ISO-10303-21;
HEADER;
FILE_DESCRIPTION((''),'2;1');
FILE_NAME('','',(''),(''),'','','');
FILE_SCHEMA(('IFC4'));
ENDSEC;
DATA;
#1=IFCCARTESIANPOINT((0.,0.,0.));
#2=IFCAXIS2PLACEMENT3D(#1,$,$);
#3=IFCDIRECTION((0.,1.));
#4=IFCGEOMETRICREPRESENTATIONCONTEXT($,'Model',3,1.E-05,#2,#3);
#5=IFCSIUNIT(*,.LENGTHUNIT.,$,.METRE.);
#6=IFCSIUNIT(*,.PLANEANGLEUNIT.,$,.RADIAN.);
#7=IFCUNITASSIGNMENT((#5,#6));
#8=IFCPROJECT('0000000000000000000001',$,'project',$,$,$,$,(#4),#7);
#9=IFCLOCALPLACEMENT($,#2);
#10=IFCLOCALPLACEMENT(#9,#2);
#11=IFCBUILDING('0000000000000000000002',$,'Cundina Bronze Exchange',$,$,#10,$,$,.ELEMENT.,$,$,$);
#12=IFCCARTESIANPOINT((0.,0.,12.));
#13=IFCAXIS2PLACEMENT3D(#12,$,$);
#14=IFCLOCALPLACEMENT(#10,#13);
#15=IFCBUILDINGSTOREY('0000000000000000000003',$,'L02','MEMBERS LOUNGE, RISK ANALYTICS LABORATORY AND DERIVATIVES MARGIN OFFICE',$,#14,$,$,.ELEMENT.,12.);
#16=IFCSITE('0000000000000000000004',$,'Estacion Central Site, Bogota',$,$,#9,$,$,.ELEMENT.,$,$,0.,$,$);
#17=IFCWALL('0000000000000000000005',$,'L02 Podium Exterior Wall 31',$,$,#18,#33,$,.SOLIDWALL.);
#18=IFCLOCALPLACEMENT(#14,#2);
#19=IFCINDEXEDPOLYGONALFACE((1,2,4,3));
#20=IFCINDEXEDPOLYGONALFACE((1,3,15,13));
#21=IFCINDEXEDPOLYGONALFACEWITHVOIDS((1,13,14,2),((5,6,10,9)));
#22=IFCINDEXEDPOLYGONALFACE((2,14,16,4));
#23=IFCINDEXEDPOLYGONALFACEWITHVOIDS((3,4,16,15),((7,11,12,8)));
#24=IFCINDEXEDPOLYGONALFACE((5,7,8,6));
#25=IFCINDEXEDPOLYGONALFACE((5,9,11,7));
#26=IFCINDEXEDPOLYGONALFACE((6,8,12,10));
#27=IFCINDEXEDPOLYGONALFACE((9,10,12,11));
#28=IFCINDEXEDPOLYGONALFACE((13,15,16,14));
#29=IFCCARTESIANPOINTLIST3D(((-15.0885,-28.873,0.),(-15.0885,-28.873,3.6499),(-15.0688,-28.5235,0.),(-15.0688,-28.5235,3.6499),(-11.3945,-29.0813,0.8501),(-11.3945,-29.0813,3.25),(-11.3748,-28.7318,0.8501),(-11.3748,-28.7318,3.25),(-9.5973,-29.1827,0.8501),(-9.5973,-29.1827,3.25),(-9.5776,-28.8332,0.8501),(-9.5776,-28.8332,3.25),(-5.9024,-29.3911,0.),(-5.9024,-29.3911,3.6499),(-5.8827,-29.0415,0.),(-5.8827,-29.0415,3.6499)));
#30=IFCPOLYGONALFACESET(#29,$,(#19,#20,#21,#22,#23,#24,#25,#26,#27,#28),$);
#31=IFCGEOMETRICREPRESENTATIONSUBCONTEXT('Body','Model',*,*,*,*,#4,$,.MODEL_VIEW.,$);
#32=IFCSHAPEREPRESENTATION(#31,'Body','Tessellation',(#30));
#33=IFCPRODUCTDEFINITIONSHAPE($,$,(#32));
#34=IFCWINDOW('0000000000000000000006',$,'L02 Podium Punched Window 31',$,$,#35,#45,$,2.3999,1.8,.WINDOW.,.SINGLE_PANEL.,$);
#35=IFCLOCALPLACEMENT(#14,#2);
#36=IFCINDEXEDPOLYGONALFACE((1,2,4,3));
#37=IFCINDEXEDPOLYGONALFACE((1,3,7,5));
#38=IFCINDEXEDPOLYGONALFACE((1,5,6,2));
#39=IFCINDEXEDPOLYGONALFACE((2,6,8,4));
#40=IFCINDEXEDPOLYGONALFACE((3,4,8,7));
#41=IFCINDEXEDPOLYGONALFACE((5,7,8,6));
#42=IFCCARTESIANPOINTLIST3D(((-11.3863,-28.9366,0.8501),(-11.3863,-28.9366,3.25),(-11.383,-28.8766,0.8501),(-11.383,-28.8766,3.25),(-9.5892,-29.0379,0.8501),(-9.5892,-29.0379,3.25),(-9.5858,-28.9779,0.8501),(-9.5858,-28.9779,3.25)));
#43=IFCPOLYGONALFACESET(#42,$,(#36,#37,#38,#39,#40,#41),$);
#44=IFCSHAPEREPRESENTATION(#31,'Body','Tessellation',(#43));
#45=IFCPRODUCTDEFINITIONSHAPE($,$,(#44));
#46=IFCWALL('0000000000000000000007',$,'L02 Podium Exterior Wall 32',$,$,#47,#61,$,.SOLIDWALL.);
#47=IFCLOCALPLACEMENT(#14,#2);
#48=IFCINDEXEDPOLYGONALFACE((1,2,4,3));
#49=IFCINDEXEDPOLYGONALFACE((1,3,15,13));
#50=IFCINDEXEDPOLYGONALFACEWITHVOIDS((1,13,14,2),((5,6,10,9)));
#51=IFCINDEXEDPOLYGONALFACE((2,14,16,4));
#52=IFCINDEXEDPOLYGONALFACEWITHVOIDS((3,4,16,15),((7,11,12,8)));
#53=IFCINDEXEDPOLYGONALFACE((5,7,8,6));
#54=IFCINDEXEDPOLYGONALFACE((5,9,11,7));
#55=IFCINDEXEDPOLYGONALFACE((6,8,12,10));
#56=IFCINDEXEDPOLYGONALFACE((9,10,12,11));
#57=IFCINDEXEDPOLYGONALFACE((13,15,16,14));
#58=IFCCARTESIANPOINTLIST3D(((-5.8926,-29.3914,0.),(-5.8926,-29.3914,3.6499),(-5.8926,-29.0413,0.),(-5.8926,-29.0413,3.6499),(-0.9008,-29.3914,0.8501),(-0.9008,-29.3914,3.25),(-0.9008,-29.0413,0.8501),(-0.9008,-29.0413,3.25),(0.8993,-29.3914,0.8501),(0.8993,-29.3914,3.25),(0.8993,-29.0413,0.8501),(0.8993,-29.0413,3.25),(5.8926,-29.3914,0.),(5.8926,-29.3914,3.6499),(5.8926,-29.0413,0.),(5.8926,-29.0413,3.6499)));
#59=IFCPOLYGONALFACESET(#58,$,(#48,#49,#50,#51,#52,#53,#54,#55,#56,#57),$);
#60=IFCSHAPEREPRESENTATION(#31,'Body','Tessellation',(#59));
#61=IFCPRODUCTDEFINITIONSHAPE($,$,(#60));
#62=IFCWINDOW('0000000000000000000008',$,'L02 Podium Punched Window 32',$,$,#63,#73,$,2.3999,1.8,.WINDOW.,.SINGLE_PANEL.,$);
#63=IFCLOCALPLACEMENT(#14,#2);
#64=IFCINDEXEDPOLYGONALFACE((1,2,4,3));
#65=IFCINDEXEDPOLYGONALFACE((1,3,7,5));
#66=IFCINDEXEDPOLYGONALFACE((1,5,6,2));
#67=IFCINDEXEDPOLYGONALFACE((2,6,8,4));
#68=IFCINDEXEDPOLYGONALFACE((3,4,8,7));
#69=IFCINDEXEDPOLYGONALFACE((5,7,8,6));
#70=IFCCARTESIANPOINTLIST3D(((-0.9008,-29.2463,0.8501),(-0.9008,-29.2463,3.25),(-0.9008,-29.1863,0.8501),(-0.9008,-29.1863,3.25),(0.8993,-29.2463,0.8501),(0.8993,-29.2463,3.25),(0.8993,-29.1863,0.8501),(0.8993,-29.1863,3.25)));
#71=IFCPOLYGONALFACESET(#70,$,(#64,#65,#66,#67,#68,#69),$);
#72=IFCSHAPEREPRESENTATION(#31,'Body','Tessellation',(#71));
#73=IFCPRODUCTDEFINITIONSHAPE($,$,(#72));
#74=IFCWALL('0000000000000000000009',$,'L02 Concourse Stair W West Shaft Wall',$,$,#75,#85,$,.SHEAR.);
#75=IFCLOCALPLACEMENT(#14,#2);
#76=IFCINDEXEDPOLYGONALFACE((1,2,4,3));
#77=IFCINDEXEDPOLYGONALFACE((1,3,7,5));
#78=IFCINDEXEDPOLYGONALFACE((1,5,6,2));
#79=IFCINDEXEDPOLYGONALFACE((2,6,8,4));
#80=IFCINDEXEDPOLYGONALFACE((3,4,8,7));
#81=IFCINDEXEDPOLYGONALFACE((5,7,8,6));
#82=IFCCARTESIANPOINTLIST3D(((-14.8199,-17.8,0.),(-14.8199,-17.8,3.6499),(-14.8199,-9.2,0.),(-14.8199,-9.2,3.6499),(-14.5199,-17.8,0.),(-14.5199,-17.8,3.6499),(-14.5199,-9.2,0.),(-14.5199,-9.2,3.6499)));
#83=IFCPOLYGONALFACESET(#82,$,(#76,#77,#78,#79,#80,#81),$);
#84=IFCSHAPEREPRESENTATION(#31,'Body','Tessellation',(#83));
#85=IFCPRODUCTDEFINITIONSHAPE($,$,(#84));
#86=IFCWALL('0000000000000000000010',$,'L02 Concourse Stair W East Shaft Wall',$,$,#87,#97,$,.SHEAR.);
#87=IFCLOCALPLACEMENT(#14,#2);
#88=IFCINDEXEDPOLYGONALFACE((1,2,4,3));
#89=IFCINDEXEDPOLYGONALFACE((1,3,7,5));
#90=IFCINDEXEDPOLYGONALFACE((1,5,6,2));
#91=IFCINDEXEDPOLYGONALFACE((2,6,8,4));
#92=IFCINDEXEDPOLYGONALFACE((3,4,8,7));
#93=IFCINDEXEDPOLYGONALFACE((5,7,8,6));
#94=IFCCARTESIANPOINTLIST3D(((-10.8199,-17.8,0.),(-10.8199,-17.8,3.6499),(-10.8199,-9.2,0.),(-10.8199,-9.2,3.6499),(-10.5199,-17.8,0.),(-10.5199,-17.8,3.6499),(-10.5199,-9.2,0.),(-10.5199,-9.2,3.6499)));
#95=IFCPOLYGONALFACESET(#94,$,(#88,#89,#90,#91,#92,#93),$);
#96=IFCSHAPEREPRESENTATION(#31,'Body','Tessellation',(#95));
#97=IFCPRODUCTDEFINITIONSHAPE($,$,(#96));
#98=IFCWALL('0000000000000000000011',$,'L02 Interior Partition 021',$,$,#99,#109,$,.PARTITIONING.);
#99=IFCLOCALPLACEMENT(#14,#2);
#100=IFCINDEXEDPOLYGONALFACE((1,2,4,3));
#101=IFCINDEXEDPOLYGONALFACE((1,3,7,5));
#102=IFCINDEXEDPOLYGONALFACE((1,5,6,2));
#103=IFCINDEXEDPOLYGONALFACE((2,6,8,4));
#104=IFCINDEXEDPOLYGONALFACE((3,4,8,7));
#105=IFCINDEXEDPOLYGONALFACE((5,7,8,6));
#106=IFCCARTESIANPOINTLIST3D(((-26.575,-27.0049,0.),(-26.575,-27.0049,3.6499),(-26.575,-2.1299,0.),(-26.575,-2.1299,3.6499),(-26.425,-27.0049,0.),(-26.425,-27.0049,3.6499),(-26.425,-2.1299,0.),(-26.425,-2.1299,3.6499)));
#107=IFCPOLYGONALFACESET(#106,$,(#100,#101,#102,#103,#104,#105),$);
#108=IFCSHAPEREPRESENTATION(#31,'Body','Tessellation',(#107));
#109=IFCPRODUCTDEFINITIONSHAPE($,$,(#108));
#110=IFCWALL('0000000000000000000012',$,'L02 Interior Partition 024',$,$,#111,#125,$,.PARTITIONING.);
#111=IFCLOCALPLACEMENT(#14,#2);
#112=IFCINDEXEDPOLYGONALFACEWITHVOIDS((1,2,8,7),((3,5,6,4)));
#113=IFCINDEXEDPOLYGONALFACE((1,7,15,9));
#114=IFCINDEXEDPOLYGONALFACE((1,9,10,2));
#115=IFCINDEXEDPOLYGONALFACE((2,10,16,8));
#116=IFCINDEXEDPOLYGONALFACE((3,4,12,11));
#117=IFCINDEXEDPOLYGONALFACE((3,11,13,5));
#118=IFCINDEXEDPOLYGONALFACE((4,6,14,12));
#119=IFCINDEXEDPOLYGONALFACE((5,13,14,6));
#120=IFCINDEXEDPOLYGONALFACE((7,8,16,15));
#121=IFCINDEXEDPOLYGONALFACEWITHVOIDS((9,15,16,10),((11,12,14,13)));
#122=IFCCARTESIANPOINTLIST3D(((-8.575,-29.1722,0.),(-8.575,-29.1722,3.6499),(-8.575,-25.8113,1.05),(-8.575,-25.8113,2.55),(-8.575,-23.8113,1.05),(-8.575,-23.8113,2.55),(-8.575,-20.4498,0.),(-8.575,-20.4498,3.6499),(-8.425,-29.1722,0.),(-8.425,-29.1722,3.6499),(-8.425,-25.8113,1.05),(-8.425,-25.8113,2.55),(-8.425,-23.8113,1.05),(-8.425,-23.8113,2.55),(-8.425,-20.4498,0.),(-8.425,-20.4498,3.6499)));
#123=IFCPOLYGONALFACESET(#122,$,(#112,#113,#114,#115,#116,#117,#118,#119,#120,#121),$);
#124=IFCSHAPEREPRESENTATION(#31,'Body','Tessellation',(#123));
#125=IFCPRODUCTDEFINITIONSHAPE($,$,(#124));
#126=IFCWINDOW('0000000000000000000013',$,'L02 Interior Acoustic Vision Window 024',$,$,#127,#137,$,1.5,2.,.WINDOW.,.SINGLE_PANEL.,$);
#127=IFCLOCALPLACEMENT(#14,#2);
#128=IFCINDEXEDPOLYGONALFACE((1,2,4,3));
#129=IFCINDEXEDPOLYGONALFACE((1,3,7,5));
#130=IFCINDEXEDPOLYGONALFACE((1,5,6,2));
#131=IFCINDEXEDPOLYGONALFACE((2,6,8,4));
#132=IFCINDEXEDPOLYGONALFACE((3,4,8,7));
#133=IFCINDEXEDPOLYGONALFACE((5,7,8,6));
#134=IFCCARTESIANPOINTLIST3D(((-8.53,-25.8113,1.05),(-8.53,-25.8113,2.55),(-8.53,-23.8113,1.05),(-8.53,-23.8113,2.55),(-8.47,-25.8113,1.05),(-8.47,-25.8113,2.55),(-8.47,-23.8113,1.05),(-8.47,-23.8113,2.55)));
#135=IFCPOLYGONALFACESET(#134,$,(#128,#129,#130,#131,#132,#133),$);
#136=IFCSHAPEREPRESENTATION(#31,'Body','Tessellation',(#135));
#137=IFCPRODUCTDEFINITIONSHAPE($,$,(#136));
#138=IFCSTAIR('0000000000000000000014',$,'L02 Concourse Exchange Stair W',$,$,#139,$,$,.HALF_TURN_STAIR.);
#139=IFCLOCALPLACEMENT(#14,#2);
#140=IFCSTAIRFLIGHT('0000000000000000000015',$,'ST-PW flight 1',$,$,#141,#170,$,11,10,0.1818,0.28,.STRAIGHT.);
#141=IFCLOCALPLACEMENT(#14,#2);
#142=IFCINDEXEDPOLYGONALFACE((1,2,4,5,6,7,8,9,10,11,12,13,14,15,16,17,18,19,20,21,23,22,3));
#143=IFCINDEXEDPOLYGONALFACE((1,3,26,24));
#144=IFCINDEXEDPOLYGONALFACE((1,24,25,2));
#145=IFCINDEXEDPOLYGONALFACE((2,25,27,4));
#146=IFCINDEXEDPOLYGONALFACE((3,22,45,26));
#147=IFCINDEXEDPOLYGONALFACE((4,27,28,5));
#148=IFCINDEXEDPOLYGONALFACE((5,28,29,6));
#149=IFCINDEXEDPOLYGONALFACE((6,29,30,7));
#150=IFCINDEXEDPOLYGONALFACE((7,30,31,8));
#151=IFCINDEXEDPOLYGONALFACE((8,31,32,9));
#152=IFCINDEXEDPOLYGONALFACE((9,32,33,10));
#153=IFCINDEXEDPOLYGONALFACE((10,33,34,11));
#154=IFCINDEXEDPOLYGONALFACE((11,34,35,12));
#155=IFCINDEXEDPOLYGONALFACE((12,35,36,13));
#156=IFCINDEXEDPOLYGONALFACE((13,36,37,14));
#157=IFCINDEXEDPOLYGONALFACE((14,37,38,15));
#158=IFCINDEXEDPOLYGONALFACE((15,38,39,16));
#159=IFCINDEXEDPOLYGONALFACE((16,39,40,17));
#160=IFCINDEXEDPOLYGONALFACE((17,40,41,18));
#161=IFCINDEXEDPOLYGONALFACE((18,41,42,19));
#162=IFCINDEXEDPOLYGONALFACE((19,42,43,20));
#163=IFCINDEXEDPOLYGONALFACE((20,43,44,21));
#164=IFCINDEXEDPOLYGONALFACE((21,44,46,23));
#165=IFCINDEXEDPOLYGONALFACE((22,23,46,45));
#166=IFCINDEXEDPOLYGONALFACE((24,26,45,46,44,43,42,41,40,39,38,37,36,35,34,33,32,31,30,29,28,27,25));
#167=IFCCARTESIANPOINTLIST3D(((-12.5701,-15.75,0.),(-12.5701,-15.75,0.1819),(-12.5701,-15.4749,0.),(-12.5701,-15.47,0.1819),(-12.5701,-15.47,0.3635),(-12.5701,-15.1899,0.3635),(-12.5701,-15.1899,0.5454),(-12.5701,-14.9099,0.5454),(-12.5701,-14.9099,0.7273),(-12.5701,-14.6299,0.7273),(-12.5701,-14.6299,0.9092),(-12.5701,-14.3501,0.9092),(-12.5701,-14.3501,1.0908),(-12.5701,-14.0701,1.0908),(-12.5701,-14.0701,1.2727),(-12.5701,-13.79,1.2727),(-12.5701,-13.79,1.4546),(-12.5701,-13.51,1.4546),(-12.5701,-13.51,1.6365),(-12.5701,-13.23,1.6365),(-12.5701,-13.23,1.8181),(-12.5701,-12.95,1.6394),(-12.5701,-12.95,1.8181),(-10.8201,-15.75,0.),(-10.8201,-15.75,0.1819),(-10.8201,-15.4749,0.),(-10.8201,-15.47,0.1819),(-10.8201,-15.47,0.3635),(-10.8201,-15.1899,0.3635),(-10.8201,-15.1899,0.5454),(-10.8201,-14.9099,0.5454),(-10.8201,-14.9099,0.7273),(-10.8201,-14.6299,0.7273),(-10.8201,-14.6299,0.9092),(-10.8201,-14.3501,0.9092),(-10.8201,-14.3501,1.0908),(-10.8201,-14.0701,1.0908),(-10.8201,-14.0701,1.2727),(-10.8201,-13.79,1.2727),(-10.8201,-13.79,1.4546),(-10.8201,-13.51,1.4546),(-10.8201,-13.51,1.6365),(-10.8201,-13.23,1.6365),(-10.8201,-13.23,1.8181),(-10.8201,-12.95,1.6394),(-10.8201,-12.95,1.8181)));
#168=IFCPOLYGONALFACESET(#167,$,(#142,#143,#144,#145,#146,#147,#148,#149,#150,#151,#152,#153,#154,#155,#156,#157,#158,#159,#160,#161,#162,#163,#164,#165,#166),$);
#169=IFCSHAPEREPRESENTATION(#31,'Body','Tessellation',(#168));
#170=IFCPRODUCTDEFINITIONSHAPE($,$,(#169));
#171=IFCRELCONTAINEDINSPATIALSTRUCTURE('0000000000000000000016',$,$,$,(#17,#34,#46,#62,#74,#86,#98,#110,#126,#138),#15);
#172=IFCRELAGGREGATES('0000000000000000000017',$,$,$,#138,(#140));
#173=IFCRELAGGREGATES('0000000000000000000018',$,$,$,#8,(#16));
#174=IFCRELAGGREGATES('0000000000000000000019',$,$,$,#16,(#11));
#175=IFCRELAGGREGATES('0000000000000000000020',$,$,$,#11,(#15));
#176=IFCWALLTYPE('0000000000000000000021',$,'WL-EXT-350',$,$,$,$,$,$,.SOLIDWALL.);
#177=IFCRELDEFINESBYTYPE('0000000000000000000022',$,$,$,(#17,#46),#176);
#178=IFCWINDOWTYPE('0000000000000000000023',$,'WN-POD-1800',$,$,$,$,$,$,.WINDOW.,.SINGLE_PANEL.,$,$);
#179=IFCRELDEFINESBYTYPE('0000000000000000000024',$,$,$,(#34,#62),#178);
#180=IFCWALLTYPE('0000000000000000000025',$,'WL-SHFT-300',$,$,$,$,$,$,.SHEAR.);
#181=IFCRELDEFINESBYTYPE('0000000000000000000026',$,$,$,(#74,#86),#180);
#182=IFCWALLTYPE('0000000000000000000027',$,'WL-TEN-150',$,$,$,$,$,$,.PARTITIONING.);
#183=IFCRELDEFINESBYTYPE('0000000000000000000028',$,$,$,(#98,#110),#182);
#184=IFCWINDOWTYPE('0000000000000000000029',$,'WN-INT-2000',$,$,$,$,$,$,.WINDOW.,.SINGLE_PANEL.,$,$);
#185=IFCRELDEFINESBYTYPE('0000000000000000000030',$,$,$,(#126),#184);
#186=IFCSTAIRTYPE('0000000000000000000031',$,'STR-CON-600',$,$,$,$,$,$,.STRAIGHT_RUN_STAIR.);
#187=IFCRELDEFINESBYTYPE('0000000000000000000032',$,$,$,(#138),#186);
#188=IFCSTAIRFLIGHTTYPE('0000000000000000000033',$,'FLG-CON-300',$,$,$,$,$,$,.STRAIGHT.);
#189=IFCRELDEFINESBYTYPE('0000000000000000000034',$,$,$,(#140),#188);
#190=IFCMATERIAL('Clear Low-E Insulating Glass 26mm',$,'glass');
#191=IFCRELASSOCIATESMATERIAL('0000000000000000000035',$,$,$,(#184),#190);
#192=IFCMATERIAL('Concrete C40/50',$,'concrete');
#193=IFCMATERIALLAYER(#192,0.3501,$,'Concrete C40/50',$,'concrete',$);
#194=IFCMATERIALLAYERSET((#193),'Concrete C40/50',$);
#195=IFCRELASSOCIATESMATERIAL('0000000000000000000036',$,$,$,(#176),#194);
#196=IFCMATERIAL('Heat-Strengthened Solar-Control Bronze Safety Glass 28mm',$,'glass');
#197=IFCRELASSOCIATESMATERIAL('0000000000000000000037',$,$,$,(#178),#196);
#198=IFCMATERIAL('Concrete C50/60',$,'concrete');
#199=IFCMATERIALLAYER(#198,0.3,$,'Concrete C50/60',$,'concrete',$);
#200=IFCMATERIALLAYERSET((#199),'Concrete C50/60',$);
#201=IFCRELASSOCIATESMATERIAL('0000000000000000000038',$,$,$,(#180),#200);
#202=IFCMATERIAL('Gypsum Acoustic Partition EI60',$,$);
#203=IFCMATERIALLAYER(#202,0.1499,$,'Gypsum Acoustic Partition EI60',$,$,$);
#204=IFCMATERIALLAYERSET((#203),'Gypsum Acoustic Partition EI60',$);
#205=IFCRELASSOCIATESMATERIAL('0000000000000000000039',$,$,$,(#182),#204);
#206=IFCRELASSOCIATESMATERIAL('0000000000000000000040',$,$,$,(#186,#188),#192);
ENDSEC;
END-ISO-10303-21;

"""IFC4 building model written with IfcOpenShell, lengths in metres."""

from ifc_helpers import new_model, si_unit, direction, frame, frame_2d, origin, place, context, subcontext, project, spatial, polyline, rectangle, outline, extrude, material, layer, layer_set, type_object, element, fill, aggregate, save


model = new_model("IFC4")

# Units and contexts
model_context = context("Model", 3, precision=1e-05, world=origin(), true_north=direction((0.0, 1.0)))
body_context = subcontext(model_context, "Body", "Model", "MODEL_VIEW")
ifc_project = project(units=[si_unit("LENGTHUNIT", "METRE"), si_unit("PLANEANGLEUNIT", "RADIAN")], contexts=[model_context])

# Site, building, storey
site_placement = place(None, origin())
site = spatial("IfcSite", under=ifc_project, at=site_placement, Name="Estacion Central Site, Bogota", CompositionType="ELEMENT", RefElevation=0.0)
building_placement = place(site_placement, origin())
building = spatial("IfcBuilding", under=site, at=building_placement, Name="Cundina Bronze Exchange", CompositionType="ELEMENT")
storey_placement = place(building_placement, frame((0.0, 0.0, 12.0)))
storey = spatial("IfcBuildingStorey", under=building, at=storey_placement, Name="L02", Description="MEMBERS LOUNGE, RISK ANALYTICS LABORATORY AND DERIVATIVES MARGIN OFFICE", CompositionType="ELEMENT", Elevation=12.0)

# Shared definitions
ifc_material_1 = material(Name="Concrete C50/60", Category="concrete")

# Shared definitions
ifc_material_2 = material(Name="Heat-Strengthened Solar-Control Bronze Safety Glass 28mm", Category="glass")

# Shared definitions
ifc_material_3 = material(Name="Clear Low-E Insulating Glass 26mm", Category="glass")
window_type_1 = type_object("IfcWindowType", Name="WN-INT-2000", PartitioningType="SINGLE_PANEL", PredefinedType="WINDOW", material=ifc_material_3)

# Walls, openings, windows
ifc_material_4 = material(Name="Concrete C40/50", Category="concrete")
ifc_layer_1 = layer(ifc_material_4, 0.3501, Name="Concrete C40/50", Category="concrete")
ifc_layer_set_1 = layer_set([ifc_layer_1], Name="Concrete C40/50")
wall_type_1 = type_object("IfcWallType", Name="WL-EXT-350", PredefinedType="SOLIDWALL", material=ifc_layer_set_1)
window_type_2 = type_object("IfcWindowType", Name="WN-POD-1800", PartitioningType="SINGLE_PANEL", PredefinedType="WINDOW", material=ifc_material_2)
wall_1_placement = place(storey_placement, frame((-15.0786, -28.6982, 0.0), z_axis=(0.0, 0.0, 1.0), x_axis=(0.998413, -0.056308, 0.0)))
wall_1 = element("IfcWall", 1, at=wall_1_placement, inside=storey, type_object=wall_type_1, Name="L02 Podium Exterior Wall 31", PredefinedType="SOLIDWALL", context=body_context, shape_type="SweptSolid", body=[
    extrude(rectangle(XDim=9.2007, YDim=0.3501, at=frame_2d((4.6003, 0.0))), origin(), (0.0, 0.0, 1.0), 3.6499),
])
opening_1_placement = place(wall_1_placement, frame((3.7, 0.0, 0.8501)))
opening_1 = element("IfcOpeningElement", 2, at=opening_1_placement, cuts=wall_1, PredefinedType="OPENING", context=body_context, shape_type="SweptSolid", body=[
    extrude(rectangle(XDim=1.8, YDim=2.3999, at=frame_2d((0.8999, 1.2))), frame((0.0, 0.1851, 0.0), z_axis=(0.0, -1.0, 0.0), x_axis=(1.0, 0.0, 0.0)), (0.0, 0.0, 1.0), 0.3701),
])
window_1_placement = place(opening_1_placement, origin())
window_1 = element("IfcWindow", 3, at=window_1_placement, inside=storey, type_object=window_type_2, Name="L02 Podium Punched Window 31", OverallHeight=2.3999, OverallWidth=1.8, PartitioningType="SINGLE_PANEL", PredefinedType="WINDOW", context=body_context, shape_type="SweptSolid", body=[
    extrude(rectangle(XDim=1.8, YDim=2.3999, at=frame_2d((0.8999, 1.2))), frame((0.0, 0.03, 0.0), z_axis=(0.0, -1.0, 0.0), x_axis=(1.0, 0.0, 0.0)), (0.0, 0.0, 1.0), 0.0601),
])
fill(opening_1, window_1)
wall_2_placement = place(storey_placement, frame((-5.8926, -29.2163, 0.0), z_axis=(0.0, 0.0, 1.0), x_axis=(1.0, 0.0, 0.0)))
wall_2 = element("IfcWall", 4, at=wall_2_placement, inside=storey, type_object=wall_type_1, Name="L02 Podium Exterior Wall 32", PredefinedType="SOLIDWALL", context=body_context, shape_type="SweptSolid", body=[
    extrude(rectangle(XDim=11.7852, YDim=0.3501, at=frame_2d((5.8926, 0.0))), origin(), (0.0, 0.0, 1.0), 3.6499),
])
opening_2_placement = place(wall_2_placement, frame((4.9919, 0.0, 0.8501)))
opening_2 = element("IfcOpeningElement", 5, at=opening_2_placement, cuts=wall_2, PredefinedType="OPENING", context=body_context, shape_type="SweptSolid", body=[
    extrude(rectangle(XDim=1.8, YDim=2.3999, at=frame_2d((0.8999, 1.2))), frame((0.0, 0.1851, 0.0), z_axis=(0.0, -1.0, 0.0), x_axis=(1.0, 0.0, 0.0)), (0.0, 0.0, 1.0), 0.3701),
])
window_2_placement = place(opening_2_placement, origin())
window_2 = element("IfcWindow", 6, at=window_2_placement, inside=storey, type_object=window_type_2, Name="L02 Podium Punched Window 32", OverallHeight=2.3999, OverallWidth=1.8, PartitioningType="SINGLE_PANEL", PredefinedType="WINDOW", context=body_context, shape_type="SweptSolid", body=[
    extrude(rectangle(XDim=1.8, YDim=2.3999, at=frame_2d((0.8999, 1.2))), frame((0.0, 0.03, 0.0), z_axis=(0.0, -1.0, 0.0), x_axis=(1.0, 0.0, 0.0)), (0.0, 0.0, 1.0), 0.0601),
])
fill(opening_2, window_2)

# Walls
ifc_layer_2 = layer(ifc_material_1, 0.3, Name="Concrete C50/60", Category="concrete")
ifc_layer_set_2 = layer_set([ifc_layer_2], Name="Concrete C50/60")
wall_type_2 = type_object("IfcWallType", Name="WL-SHFT-300", PredefinedType="SHEAR", material=ifc_layer_set_2)
for number, where, z_axis, x_axis, name in (
    (7, (-14.6699, -17.8, 0.0), (0.0, 0.0, 1.0), (0.0, 1.0, 0.0), "L02 Concourse Stair W West Shaft Wall"),
    (8, (-10.6699, -17.8, 0.0), (0.0, 0.0, 1.0), (0.0, 1.0, 0.0), "L02 Concourse Stair W East Shaft Wall"),
):
    element("IfcWall", number, at=place(storey_placement, frame(where, z_axis=z_axis, x_axis=x_axis)), inside=storey, type_object=wall_type_2, Name=name, PredefinedType="SHEAR", context=body_context, shape_type="SweptSolid", body=[
        extrude(rectangle(XDim=8.6001, YDim=0.3, at=frame_2d((4.3, 0.0))), origin(), (0.0, 0.0, 1.0), 3.6499),
    ])

# Wall
ifc_material_5 = material(Name="Gypsum Acoustic Partition EI60")
ifc_layer_3 = layer(ifc_material_5, 0.1499, Name="Gypsum Acoustic Partition EI60")
ifc_layer_set_3 = layer_set([ifc_layer_3], Name="Gypsum Acoustic Partition EI60")
wall_type_3 = type_object("IfcWallType", Name="WL-TEN-150", PredefinedType="PARTITIONING", material=ifc_layer_set_3)
wall_3_placement = place(storey_placement, frame((-26.5, -27.0049, 0.0), z_axis=(0.0, 0.0, 1.0), x_axis=(0.0, 1.0, 0.0)))
element("IfcWall", 9, at=wall_3_placement, inside=storey, type_object=wall_type_3, Name="L02 Interior Partition 021", PredefinedType="PARTITIONING", context=body_context, shape_type="SweptSolid", body=[
    extrude(rectangle(XDim=24.875, YDim=0.1499, at=frame_2d((12.4375, 0.0))), origin(), (0.0, 0.0, 1.0), 3.6499),
])

# Wall, opening, window
wall_4_placement = place(storey_placement, frame((-8.5, -29.1724, 0.0), z_axis=(0.0, 0.0, 1.0), x_axis=(0.0, 1.0, 0.0)))
wall_4 = element("IfcWall", 10, at=wall_4_placement, inside=storey, type_object=wall_type_3, Name="L02 Interior Partition 024", PredefinedType="PARTITIONING", context=body_context, shape_type="SweptSolid", body=[
    extrude(rectangle(XDim=8.7224, YDim=0.1499, at=frame_2d((4.3613, 0.0))), origin(), (0.0, 0.0, 1.0), 3.6499),
])
opening_3_placement = place(wall_4_placement, frame((3.3611, 0.0, 1.05)))
opening_3 = element("IfcOpeningElement", 11, at=opening_3_placement, cuts=wall_4, PredefinedType="OPENING", context=body_context, shape_type="SweptSolid", body=[
    extrude(rectangle(XDim=2.0, YDim=1.5, at=frame_2d((1.0, 0.75))), frame((0.0, 0.085, 0.0), z_axis=(0.0, -1.0, 0.0), x_axis=(1.0, 0.0, 0.0)), (0.0, 0.0, 1.0), 0.1699),
])
window_3_placement = place(opening_3_placement, origin())
window_3 = element("IfcWindow", 12, at=window_3_placement, inside=storey, type_object=window_type_1, Name="L02 Interior Acoustic Vision Window 024", OverallHeight=1.5, OverallWidth=2.0, PartitioningType="SINGLE_PANEL", PredefinedType="WINDOW", context=body_context, shape_type="SweptSolid", body=[
    extrude(rectangle(XDim=2.0, YDim=1.5, at=frame_2d((1.0, 0.75))), frame((0.0, 0.03, 0.0), z_axis=(0.0, -1.0, 0.0), x_axis=(1.0, 0.0, 0.0)), (0.0, 0.0, 1.0), 0.0601),
])
fill(opening_3, window_3)

# Stair, stair flight
stair_type = type_object("IfcStairType", Name="STR-CON-600", PredefinedType="STRAIGHT_RUN_STAIR", material=ifc_material_4)
stair_placement = place(storey_placement, origin())
stair = element("IfcStair", 13, at=stair_placement, inside=storey, type_object=stair_type, Name="L02 Concourse Exchange Stair W", PredefinedType="HALF_TURN_STAIR")
stair_flight_type = type_object("IfcStairFlightType", Name="FLG-CON-300", PredefinedType="STRAIGHT", material=ifc_material_4)
stair_flight_1_placement = place(storey_placement, frame((-11.6951, -15.75, 0.0), z_axis=(0.0, 0.0, 1.0), x_axis=(0.0, 1.0, 0.0)))
stair_flight_1 = element("IfcStairFlight", 14, at=stair_flight_1_placement, type_object=stair_flight_type, Name="ST-PW flight 1", NumberOfRisers=11, NumberOfTreads=10, PredefinedType="STRAIGHT", RiserHeight=0.1818, TreadLength=0.28, context=body_context, shape_type="SweptSolid", body=[
    extrude(outline(polyline([(0.0, 0.0), (0.0, 0.1819), (0.28, 0.1819), (0.28, 0.3635), (0.5601, 0.3635), (0.5601, 0.5454), (0.8401, 0.5454), (0.8401, 0.7273), (1.1201, 0.7273), (1.1201, 0.9092), (1.3999, 0.9092), (1.3999, 1.0908), (1.6799, 1.0908), (1.6799, 1.2727), (1.96, 1.2727), (1.96, 1.4546), (2.24, 1.4546), (2.24, 1.6365), (2.52, 1.6365), (2.52, 1.8181), (2.8, 1.8181), (2.8, 2.0), (2.8, 1.6394), (0.2751, 0.0), (0.0, 0.0)])), frame((0.0, 0.875, 0.0), z_axis=(0.0, -1.0, 0.0), x_axis=(1.0, 0.0, 0.0)), (0.0, 0.0, 1.0), 1.75),
])
aggregate(stair, [stair_flight_1])

save(model, "model.ifc")
